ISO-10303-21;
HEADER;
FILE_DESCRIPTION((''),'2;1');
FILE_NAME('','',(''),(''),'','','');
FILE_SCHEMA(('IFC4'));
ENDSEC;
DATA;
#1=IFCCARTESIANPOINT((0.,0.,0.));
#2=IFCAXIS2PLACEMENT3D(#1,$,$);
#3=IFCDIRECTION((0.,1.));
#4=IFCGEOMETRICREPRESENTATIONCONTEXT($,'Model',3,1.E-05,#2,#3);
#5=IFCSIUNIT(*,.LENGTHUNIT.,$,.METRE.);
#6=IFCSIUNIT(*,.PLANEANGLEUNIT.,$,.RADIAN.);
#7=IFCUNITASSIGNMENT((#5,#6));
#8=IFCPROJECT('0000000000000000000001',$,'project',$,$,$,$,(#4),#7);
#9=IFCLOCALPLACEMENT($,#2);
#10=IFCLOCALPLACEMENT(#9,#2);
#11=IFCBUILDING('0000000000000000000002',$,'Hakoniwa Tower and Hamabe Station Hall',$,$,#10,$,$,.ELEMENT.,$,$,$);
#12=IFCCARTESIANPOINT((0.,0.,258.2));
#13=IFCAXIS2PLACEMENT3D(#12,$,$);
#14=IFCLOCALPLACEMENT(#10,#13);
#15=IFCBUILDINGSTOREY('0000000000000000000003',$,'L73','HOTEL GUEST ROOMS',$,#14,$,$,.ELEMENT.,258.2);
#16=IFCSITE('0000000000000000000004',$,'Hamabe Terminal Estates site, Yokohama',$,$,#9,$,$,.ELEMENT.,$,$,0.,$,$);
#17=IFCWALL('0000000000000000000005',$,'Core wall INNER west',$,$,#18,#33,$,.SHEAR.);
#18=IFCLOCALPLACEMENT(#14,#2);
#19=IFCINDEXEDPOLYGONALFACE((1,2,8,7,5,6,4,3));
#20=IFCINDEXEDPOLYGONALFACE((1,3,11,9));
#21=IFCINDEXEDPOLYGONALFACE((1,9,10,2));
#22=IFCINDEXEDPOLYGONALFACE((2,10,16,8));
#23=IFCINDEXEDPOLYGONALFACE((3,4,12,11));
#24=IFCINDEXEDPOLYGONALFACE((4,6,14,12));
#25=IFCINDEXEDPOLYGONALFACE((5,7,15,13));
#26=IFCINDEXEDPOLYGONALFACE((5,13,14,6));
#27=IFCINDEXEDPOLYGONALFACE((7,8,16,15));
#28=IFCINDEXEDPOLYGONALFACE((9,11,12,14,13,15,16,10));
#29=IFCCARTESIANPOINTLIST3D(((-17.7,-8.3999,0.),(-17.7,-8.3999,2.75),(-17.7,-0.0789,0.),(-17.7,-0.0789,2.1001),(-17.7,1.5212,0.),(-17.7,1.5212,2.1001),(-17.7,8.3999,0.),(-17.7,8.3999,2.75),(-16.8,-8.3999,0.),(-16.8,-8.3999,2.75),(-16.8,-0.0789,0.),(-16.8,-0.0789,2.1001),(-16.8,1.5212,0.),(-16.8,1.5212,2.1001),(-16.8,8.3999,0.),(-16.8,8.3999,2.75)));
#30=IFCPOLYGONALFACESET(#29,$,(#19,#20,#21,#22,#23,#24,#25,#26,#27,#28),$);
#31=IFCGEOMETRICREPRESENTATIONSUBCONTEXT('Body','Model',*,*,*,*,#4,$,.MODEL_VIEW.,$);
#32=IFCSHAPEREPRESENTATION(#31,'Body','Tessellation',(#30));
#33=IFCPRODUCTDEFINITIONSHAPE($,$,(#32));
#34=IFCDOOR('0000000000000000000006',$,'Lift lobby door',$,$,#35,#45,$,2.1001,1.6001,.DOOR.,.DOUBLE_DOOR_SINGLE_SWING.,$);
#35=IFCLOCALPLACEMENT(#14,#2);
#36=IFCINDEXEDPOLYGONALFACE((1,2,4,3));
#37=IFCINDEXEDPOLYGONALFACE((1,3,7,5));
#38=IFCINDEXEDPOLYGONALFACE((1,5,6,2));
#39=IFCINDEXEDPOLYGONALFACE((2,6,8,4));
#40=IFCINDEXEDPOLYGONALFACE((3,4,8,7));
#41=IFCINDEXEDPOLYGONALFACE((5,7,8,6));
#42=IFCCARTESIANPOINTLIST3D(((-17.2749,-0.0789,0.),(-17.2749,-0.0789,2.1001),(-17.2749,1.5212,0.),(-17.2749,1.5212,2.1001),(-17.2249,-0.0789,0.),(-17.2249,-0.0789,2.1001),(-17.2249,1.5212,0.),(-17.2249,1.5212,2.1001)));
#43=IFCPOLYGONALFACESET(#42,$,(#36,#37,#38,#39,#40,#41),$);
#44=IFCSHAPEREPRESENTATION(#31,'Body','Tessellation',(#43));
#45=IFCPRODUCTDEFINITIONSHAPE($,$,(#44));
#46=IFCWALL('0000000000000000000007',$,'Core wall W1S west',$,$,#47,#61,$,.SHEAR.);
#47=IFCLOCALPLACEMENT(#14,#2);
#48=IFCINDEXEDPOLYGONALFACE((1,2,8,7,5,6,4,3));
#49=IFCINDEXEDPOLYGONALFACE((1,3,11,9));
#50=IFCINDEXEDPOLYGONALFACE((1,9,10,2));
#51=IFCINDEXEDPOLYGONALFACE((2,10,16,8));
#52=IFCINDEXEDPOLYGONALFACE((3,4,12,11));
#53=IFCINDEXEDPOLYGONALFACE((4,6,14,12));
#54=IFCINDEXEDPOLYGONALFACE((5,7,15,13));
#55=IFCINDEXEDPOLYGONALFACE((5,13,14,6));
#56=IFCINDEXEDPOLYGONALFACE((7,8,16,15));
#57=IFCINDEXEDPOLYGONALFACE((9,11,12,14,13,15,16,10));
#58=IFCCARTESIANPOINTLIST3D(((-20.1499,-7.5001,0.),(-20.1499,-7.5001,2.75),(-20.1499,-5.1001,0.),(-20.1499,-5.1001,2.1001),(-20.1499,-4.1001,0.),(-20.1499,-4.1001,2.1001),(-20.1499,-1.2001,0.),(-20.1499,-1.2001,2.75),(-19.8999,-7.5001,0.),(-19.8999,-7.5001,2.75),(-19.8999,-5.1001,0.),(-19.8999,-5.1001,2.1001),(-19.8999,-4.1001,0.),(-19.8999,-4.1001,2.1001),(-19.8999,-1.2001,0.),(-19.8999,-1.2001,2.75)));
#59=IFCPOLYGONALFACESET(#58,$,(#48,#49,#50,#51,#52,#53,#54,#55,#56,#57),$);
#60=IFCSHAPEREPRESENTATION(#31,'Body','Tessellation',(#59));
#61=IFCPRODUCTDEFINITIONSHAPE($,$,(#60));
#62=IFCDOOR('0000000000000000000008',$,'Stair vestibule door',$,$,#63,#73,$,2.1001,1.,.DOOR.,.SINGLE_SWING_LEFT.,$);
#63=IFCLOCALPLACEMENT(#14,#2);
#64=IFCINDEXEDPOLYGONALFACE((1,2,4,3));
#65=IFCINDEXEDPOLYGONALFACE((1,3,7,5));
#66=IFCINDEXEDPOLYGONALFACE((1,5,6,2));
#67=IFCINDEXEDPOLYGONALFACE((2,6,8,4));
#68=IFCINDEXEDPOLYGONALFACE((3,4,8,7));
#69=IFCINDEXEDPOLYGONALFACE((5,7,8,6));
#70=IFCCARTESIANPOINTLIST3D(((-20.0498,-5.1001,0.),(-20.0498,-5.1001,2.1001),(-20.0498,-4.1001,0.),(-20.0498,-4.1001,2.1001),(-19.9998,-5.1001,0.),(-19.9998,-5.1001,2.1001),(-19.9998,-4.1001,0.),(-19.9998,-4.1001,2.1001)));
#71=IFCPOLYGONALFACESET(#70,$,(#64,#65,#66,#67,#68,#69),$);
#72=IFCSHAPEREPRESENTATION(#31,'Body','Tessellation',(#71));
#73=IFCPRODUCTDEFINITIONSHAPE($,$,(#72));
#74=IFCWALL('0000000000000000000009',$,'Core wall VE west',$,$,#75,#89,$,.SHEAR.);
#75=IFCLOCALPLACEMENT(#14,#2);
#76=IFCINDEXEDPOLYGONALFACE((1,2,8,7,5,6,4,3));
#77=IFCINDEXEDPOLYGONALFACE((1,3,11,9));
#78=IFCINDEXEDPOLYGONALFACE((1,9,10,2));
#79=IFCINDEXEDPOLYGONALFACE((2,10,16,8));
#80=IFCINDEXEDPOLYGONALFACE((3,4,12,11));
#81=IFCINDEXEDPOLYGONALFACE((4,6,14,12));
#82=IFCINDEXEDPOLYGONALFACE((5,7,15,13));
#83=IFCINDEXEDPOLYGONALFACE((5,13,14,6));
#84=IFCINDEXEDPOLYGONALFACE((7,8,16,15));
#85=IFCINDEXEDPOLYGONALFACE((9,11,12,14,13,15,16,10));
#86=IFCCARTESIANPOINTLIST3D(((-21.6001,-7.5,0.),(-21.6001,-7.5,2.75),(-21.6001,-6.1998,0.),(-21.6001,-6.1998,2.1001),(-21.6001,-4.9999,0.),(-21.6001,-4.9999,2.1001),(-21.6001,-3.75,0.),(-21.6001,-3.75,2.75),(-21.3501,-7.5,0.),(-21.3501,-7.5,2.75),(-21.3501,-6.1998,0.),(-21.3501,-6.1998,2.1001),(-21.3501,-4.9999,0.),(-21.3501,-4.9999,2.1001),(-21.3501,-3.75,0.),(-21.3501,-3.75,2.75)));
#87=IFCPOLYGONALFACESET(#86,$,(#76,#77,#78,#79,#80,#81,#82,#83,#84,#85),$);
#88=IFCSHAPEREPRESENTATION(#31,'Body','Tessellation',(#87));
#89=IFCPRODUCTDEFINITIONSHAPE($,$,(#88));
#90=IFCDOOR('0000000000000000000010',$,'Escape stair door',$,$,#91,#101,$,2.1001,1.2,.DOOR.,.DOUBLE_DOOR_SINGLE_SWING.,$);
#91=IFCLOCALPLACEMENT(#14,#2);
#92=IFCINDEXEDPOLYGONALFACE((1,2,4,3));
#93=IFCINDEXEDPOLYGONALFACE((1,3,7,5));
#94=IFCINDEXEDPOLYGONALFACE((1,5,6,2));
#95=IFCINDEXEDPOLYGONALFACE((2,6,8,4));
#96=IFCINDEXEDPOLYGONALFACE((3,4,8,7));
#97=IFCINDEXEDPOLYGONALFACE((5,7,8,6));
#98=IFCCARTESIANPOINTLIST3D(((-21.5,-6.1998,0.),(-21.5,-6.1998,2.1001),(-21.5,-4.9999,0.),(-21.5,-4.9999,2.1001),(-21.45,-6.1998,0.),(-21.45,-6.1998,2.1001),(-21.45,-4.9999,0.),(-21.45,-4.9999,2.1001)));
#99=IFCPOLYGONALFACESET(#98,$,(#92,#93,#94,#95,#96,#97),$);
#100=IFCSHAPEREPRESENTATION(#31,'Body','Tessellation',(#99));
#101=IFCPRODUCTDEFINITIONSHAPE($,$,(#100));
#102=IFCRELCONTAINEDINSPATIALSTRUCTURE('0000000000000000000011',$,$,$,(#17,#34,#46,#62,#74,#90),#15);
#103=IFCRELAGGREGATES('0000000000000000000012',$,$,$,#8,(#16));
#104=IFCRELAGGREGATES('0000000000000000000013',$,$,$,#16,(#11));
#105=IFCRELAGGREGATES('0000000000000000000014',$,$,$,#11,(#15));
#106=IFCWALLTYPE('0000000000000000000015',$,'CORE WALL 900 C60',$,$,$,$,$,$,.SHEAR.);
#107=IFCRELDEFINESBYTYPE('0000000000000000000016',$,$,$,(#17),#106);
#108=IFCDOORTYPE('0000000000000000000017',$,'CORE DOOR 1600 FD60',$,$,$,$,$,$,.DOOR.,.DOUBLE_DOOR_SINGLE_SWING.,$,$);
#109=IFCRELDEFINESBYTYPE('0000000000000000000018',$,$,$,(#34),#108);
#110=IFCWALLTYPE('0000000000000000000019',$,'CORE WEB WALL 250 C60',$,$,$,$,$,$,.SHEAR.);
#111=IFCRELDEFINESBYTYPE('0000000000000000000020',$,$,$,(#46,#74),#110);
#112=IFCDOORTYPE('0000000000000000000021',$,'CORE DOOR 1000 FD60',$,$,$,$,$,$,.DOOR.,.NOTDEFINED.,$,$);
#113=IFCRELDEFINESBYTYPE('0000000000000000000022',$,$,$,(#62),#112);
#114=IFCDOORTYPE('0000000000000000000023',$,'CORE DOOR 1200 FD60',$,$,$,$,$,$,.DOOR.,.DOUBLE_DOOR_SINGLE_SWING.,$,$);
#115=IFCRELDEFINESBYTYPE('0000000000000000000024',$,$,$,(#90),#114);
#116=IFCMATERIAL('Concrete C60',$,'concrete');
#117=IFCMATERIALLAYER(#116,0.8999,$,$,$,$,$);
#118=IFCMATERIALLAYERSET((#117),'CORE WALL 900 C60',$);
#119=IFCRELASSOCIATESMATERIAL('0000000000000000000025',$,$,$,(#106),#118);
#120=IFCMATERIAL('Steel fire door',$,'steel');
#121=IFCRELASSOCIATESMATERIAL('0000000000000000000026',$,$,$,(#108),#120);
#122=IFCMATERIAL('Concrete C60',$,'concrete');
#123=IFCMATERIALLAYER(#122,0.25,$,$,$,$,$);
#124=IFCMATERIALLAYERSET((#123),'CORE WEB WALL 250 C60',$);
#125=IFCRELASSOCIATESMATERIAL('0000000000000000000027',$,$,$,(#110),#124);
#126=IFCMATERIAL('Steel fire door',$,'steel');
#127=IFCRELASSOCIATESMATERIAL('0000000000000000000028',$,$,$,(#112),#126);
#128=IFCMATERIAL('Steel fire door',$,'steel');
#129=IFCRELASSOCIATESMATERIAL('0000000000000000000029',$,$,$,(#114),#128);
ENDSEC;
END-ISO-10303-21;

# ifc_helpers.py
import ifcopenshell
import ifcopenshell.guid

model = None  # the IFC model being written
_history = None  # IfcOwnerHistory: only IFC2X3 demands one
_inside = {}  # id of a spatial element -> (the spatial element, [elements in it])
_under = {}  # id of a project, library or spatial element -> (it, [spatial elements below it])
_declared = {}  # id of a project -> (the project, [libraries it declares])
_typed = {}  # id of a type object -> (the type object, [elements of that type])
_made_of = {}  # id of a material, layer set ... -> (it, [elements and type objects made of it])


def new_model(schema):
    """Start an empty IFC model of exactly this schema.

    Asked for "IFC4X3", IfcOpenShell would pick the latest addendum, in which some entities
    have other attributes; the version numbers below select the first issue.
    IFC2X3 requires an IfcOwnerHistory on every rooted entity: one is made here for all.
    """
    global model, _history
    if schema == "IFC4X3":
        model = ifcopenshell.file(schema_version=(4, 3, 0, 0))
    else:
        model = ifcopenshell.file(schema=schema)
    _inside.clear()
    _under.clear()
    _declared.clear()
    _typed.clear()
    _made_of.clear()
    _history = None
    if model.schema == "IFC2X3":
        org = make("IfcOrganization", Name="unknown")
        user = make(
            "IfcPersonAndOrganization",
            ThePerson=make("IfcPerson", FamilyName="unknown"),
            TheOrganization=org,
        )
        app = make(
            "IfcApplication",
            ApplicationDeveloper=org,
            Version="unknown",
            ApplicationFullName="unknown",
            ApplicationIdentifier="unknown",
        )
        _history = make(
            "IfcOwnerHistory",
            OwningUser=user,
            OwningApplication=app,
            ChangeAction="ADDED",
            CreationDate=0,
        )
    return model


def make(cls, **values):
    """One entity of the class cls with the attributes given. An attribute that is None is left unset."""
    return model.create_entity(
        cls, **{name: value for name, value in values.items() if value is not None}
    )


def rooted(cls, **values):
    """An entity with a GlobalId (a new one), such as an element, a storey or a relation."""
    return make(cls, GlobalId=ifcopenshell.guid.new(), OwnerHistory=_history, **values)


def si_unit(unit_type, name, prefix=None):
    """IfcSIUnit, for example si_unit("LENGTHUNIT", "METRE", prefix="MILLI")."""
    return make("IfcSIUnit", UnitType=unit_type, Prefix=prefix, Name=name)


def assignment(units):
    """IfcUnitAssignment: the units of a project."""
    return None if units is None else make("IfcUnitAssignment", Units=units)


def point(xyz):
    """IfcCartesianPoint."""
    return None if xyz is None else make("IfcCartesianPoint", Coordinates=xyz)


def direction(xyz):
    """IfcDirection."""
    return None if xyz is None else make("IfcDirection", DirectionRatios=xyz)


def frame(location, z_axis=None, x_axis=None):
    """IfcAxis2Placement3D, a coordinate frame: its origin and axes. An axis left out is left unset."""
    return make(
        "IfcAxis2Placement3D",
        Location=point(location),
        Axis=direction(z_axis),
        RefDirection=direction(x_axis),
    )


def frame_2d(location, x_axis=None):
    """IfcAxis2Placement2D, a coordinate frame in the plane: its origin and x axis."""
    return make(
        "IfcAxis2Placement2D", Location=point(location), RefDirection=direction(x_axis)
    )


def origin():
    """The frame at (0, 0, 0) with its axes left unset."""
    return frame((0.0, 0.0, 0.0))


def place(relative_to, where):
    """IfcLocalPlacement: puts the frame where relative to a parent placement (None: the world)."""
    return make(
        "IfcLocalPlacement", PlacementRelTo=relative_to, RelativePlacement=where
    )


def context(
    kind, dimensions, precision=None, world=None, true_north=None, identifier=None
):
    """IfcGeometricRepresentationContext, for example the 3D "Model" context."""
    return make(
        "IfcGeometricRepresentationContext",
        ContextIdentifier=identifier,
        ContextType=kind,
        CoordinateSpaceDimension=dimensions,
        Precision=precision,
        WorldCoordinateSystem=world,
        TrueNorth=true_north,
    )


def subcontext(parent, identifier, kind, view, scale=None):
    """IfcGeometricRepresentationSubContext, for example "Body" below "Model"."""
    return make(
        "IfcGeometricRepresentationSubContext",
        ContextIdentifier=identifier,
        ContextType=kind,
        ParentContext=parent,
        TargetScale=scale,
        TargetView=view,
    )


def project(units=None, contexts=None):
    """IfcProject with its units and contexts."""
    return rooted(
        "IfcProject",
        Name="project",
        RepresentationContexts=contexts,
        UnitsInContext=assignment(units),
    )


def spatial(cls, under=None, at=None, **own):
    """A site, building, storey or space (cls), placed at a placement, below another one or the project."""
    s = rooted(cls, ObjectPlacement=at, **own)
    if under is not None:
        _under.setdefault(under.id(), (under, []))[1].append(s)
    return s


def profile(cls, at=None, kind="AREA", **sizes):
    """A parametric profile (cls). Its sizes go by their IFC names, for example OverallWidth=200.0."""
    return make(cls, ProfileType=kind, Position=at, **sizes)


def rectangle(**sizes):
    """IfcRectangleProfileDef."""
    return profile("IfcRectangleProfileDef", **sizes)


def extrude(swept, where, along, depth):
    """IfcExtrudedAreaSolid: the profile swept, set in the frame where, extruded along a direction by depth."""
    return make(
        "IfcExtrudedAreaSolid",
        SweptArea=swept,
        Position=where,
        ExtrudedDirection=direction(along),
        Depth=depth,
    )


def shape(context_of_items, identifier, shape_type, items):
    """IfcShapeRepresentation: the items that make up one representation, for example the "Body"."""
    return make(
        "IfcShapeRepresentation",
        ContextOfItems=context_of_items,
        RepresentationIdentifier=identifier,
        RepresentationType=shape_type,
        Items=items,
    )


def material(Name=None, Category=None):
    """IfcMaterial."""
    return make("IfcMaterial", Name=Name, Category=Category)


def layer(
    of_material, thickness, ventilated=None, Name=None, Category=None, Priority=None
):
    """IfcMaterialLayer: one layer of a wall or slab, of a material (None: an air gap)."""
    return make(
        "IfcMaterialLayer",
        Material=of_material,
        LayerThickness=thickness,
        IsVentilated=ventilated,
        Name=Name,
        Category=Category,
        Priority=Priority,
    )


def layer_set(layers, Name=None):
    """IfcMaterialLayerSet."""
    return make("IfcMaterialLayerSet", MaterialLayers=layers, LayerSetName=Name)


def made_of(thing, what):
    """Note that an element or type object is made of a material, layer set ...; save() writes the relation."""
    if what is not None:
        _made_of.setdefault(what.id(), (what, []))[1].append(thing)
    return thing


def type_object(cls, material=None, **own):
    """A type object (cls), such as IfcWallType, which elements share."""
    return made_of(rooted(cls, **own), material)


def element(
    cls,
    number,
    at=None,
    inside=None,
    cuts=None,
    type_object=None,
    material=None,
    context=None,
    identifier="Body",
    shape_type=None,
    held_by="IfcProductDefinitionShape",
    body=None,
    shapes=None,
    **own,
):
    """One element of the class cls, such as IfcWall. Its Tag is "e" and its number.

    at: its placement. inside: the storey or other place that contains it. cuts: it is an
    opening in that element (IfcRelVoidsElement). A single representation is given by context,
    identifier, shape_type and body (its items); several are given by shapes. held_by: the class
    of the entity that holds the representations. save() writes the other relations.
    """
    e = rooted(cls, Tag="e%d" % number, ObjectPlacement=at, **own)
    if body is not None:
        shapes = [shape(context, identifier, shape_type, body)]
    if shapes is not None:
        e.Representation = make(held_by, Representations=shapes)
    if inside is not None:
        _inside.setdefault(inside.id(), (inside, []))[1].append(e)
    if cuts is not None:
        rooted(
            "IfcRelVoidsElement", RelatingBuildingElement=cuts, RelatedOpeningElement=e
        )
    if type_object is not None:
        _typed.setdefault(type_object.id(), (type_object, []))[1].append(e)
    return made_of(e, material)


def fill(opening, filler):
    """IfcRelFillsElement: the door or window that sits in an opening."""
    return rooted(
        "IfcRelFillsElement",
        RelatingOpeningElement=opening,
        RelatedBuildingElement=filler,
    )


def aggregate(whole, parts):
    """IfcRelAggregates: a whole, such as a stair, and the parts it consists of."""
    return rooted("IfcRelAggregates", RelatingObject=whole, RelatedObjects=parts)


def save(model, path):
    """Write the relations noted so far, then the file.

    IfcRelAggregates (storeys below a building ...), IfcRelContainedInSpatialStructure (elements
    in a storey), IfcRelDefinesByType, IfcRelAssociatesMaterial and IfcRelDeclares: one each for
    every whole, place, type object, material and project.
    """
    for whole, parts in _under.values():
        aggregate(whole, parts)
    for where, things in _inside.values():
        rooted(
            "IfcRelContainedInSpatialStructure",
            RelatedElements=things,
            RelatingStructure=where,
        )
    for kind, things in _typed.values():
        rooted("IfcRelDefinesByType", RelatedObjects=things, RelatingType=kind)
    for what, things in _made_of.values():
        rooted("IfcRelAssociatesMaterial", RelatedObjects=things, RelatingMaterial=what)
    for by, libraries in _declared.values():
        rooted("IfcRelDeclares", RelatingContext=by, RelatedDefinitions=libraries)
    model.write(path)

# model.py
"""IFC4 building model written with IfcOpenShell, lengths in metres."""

from ifc_helpers import new_model, si_unit, direction, frame, frame_2d, origin, place, context, subcontext, project, spatial, rectangle, extrude, material, layer, layer_set, type_object, element, fill, save


model = new_model("IFC4")

# Units and contexts
model_context = context("Model", 3, precision=1e-05, world=origin(), true_north=direction((0.0, 1.0)))
body_context = subcontext(model_context, "Body", "Model", "MODEL_VIEW")
ifc_project = project(units=[si_unit("LENGTHUNIT", "METRE"), si_unit("PLANEANGLEUNIT", "RADIAN")], contexts=[model_context])

# Site, building, storey
site_placement = place(None, origin())
site = spatial("IfcSite", under=ifc_project, at=site_placement, Name="Hamabe Terminal Estates site, Yokohama", CompositionType="ELEMENT", RefElevation=0.0)
building_placement = place(site_placement, origin())
building = spatial("IfcBuilding", under=site, at=building_placement, Name="Hakoniwa Tower and Hamabe Station Hall", CompositionType="ELEMENT")
storey_placement = place(building_placement, frame((0.0, 0.0, 258.2)))
storey = spatial("IfcBuildingStorey", under=building, at=storey_placement, Name="L73", Description="HOTEL GUEST ROOMS", CompositionType="ELEMENT", Elevation=258.2)

# Walls, openings, doors
ifc_material_1 = material(Name="Concrete C60", Category="concrete")
ifc_layer_1 = layer(ifc_material_1, 0.8999)
ifc_layer_set_1 = layer_set([ifc_layer_1], Name="CORE WALL 900 C60")
wall_type_1 = type_object("IfcWallType", Name="CORE WALL 900 C60", PredefinedType="SHEAR", material=ifc_layer_set_1)
wall_1_placement = place(storey_placement, frame((-17.25, -8.3999, 0.0), z_axis=(0.0, 0.0, 1.0), x_axis=(0.0, 1.0, 0.0)))
wall_1 = element("IfcWall", 1, at=wall_1_placement, inside=storey, type_object=wall_type_1, Name="Core wall INNER west", PredefinedType="SHEAR", context=body_context, shape_type="SweptSolid", body=[
    extrude(rectangle(XDim=16.7998, YDim=0.8999, at=frame_2d((8.3999, 0.0))), origin(), (0.0, 0.0, 1.0), 2.75),
])
opening_1_placement = place(wall_1_placement, frame((8.321, 0.0, 0.0)))
opening_1 = element("IfcOpeningElement", 2, at=opening_1_placement, cuts=wall_1, PredefinedType="OPENING", context=body_context, shape_type="SweptSolid", body=[
    extrude(rectangle(XDim=1.6001, YDim=2.1001, at=frame_2d((0.8, 1.05))), frame((0.0, 0.46, 0.0), z_axis=(0.0, -1.0, 0.0), x_axis=(1.0, 0.0, 0.0)), (0.0, 0.0, 1.0), 0.9199),
])
ifc_material_2 = material(Name="Steel fire door", Category="steel")
door_type_1 = type_object("IfcDoorType", Name="CORE DOOR 1600 FD60", OperationType="DOUBLE_DOOR_SINGLE_SWING", PredefinedType="DOOR", material=ifc_material_2)
door_1_placement = place(opening_1_placement, origin())
door_1 = element("IfcDoor", 3, at=door_1_placement, inside=storey, type_object=door_type_1, Name="Lift lobby door", OperationType="DOUBLE_DOOR_SINGLE_SWING", OverallHeight=2.1001, OverallWidth=1.6001, PredefinedType="DOOR", context=body_context, shape_type="SweptSolid", body=[
    extrude(rectangle(XDim=1.6001, YDim=2.1001, at=frame_2d((0.8, 1.05))), frame((0.0, 0.0249, 0.0), z_axis=(0.0, -1.0, 0.0), x_axis=(1.0, 0.0, 0.0)), (0.0, 0.0, 1.0), 0.05),
])
fill(opening_1, door_1)
ifc_material_3 = material(Name="Concrete C60", Category="concrete")
ifc_layer_2 = layer(ifc_material_3, 0.25)
ifc_layer_set_2 = layer_set([ifc_layer_2], Name="CORE WEB WALL 250 C60")
wall_type_2 = type_object("IfcWallType", Name="CORE WEB WALL 250 C60", PredefinedType="SHEAR", material=ifc_layer_set_2)
wall_2_placement = place(storey_placement, frame((-20.0249, -7.5, 0.0), z_axis=(0.0, 0.0, 1.0), x_axis=(0.0, 1.0, 0.0)))
wall_2 = element("IfcWall", 4, at=wall_2_placement, inside=storey, type_object=wall_type_2, Name="Core wall W1S west", PredefinedType="SHEAR", context=body_context, shape_type="SweptSolid", body=[
    extrude(rectangle(XDim=6.3, YDim=0.25, at=frame_2d((3.1499, 0.0))), origin(), (0.0, 0.0, 1.0), 2.75),
])
opening_2_placement = place(wall_2_placement, frame((2.3999, 0.0, 0.0)))
opening_2 = element("IfcOpeningElement", 5, at=opening_2_placement, cuts=wall_2, PredefinedType="OPENING", context=body_context, shape_type="SweptSolid", body=[
    extrude(rectangle(XDim=1.0, YDim=2.1001, at=frame_2d((0.5, 1.05))), frame((0.0, 0.135, 0.0), z_axis=(0.0, -1.0, 0.0), x_axis=(1.0, 0.0, 0.0)), (0.0, 0.0, 1.0), 0.27),
])
ifc_material_4 = material(Name="Steel fire door", Category="steel")
door_type_2 = type_object("IfcDoorType", Name="CORE DOOR 1000 FD60", OperationType="NOTDEFINED", PredefinedType="DOOR", material=ifc_material_4)
door_2_placement = place(opening_2_placement, origin())
door_2 = element("IfcDoor", 6, at=door_2_placement, inside=storey, type_object=door_type_2, Name="Stair vestibule door", OperationType="SINGLE_SWING_LEFT", OverallHeight=2.1001, OverallWidth=1.0, PredefinedType="DOOR", context=body_context, shape_type="SweptSolid", body=[
    extrude(rectangle(XDim=1.0, YDim=2.1001, at=frame_2d((0.5, 1.05))), frame((0.0, 0.0249, 0.0), z_axis=(0.0, -1.0, 0.0), x_axis=(1.0, 0.0, 0.0)), (0.0, 0.0, 1.0), 0.05),
])
fill(opening_2, door_2)
wall_3_placement = place(storey_placement, frame((-21.4751, -7.5, 0.0), z_axis=(0.0, 0.0, 1.0), x_axis=(0.0, 1.0, 0.0)))
wall_3 = element("IfcWall", 7, at=wall_3_placement, inside=storey, type_object=wall_type_2, Name="Core wall VE west", PredefinedType="SHEAR", context=body_context, shape_type="SweptSolid", body=[
    extrude(rectangle(XDim=3.75, YDim=0.25, at=frame_2d((1.875, 0.0))), origin(), (0.0, 0.0, 1.0), 2.75),
])
opening_3_placement = place(wall_3_placement, frame((1.3, 0.0, 0.0)))
opening_3 = element("IfcOpeningElement", 8, at=opening_3_placement, cuts=wall_3, PredefinedType="OPENING", context=body_context, shape_type="SweptSolid", body=[
    extrude(rectangle(XDim=1.2, YDim=2.1001, at=frame_2d((0.6001, 1.05))), frame((0.0, 0.135, 0.0), z_axis=(0.0, -1.0, 0.0), x_axis=(1.0, 0.0, 0.0)), (0.0, 0.0, 1.0), 0.27),
])
ifc_material_5 = material(Name="Steel fire door", Category="steel")
door_type_3 = type_object("IfcDoorType", Name="CORE DOOR 1200 FD60", OperationType="DOUBLE_DOOR_SINGLE_SWING", PredefinedType="DOOR", material=ifc_material_5)
door_3_placement = place(opening_3_placement, origin())
door_3 = element("IfcDoor", 9, at=door_3_placement, inside=storey, type_object=door_type_3, Name="Escape stair door", OperationType="DOUBLE_DOOR_SINGLE_SWING", OverallHeight=2.1001, OverallWidth=1.2, PredefinedType="DOOR", context=body_context, shape_type="SweptSolid", body=[
    extrude(rectangle(XDim=1.2, YDim=2.1001, at=frame_2d((0.6001, 1.05))), frame((0.0, 0.0249, 0.0), z_axis=(0.0, -1.0, 0.0), x_axis=(1.0, 0.0, 0.0)), (0.0, 0.0, 1.0), 0.05),
])
fill(opening_3, door_3)

save(model, "model.ifc")
